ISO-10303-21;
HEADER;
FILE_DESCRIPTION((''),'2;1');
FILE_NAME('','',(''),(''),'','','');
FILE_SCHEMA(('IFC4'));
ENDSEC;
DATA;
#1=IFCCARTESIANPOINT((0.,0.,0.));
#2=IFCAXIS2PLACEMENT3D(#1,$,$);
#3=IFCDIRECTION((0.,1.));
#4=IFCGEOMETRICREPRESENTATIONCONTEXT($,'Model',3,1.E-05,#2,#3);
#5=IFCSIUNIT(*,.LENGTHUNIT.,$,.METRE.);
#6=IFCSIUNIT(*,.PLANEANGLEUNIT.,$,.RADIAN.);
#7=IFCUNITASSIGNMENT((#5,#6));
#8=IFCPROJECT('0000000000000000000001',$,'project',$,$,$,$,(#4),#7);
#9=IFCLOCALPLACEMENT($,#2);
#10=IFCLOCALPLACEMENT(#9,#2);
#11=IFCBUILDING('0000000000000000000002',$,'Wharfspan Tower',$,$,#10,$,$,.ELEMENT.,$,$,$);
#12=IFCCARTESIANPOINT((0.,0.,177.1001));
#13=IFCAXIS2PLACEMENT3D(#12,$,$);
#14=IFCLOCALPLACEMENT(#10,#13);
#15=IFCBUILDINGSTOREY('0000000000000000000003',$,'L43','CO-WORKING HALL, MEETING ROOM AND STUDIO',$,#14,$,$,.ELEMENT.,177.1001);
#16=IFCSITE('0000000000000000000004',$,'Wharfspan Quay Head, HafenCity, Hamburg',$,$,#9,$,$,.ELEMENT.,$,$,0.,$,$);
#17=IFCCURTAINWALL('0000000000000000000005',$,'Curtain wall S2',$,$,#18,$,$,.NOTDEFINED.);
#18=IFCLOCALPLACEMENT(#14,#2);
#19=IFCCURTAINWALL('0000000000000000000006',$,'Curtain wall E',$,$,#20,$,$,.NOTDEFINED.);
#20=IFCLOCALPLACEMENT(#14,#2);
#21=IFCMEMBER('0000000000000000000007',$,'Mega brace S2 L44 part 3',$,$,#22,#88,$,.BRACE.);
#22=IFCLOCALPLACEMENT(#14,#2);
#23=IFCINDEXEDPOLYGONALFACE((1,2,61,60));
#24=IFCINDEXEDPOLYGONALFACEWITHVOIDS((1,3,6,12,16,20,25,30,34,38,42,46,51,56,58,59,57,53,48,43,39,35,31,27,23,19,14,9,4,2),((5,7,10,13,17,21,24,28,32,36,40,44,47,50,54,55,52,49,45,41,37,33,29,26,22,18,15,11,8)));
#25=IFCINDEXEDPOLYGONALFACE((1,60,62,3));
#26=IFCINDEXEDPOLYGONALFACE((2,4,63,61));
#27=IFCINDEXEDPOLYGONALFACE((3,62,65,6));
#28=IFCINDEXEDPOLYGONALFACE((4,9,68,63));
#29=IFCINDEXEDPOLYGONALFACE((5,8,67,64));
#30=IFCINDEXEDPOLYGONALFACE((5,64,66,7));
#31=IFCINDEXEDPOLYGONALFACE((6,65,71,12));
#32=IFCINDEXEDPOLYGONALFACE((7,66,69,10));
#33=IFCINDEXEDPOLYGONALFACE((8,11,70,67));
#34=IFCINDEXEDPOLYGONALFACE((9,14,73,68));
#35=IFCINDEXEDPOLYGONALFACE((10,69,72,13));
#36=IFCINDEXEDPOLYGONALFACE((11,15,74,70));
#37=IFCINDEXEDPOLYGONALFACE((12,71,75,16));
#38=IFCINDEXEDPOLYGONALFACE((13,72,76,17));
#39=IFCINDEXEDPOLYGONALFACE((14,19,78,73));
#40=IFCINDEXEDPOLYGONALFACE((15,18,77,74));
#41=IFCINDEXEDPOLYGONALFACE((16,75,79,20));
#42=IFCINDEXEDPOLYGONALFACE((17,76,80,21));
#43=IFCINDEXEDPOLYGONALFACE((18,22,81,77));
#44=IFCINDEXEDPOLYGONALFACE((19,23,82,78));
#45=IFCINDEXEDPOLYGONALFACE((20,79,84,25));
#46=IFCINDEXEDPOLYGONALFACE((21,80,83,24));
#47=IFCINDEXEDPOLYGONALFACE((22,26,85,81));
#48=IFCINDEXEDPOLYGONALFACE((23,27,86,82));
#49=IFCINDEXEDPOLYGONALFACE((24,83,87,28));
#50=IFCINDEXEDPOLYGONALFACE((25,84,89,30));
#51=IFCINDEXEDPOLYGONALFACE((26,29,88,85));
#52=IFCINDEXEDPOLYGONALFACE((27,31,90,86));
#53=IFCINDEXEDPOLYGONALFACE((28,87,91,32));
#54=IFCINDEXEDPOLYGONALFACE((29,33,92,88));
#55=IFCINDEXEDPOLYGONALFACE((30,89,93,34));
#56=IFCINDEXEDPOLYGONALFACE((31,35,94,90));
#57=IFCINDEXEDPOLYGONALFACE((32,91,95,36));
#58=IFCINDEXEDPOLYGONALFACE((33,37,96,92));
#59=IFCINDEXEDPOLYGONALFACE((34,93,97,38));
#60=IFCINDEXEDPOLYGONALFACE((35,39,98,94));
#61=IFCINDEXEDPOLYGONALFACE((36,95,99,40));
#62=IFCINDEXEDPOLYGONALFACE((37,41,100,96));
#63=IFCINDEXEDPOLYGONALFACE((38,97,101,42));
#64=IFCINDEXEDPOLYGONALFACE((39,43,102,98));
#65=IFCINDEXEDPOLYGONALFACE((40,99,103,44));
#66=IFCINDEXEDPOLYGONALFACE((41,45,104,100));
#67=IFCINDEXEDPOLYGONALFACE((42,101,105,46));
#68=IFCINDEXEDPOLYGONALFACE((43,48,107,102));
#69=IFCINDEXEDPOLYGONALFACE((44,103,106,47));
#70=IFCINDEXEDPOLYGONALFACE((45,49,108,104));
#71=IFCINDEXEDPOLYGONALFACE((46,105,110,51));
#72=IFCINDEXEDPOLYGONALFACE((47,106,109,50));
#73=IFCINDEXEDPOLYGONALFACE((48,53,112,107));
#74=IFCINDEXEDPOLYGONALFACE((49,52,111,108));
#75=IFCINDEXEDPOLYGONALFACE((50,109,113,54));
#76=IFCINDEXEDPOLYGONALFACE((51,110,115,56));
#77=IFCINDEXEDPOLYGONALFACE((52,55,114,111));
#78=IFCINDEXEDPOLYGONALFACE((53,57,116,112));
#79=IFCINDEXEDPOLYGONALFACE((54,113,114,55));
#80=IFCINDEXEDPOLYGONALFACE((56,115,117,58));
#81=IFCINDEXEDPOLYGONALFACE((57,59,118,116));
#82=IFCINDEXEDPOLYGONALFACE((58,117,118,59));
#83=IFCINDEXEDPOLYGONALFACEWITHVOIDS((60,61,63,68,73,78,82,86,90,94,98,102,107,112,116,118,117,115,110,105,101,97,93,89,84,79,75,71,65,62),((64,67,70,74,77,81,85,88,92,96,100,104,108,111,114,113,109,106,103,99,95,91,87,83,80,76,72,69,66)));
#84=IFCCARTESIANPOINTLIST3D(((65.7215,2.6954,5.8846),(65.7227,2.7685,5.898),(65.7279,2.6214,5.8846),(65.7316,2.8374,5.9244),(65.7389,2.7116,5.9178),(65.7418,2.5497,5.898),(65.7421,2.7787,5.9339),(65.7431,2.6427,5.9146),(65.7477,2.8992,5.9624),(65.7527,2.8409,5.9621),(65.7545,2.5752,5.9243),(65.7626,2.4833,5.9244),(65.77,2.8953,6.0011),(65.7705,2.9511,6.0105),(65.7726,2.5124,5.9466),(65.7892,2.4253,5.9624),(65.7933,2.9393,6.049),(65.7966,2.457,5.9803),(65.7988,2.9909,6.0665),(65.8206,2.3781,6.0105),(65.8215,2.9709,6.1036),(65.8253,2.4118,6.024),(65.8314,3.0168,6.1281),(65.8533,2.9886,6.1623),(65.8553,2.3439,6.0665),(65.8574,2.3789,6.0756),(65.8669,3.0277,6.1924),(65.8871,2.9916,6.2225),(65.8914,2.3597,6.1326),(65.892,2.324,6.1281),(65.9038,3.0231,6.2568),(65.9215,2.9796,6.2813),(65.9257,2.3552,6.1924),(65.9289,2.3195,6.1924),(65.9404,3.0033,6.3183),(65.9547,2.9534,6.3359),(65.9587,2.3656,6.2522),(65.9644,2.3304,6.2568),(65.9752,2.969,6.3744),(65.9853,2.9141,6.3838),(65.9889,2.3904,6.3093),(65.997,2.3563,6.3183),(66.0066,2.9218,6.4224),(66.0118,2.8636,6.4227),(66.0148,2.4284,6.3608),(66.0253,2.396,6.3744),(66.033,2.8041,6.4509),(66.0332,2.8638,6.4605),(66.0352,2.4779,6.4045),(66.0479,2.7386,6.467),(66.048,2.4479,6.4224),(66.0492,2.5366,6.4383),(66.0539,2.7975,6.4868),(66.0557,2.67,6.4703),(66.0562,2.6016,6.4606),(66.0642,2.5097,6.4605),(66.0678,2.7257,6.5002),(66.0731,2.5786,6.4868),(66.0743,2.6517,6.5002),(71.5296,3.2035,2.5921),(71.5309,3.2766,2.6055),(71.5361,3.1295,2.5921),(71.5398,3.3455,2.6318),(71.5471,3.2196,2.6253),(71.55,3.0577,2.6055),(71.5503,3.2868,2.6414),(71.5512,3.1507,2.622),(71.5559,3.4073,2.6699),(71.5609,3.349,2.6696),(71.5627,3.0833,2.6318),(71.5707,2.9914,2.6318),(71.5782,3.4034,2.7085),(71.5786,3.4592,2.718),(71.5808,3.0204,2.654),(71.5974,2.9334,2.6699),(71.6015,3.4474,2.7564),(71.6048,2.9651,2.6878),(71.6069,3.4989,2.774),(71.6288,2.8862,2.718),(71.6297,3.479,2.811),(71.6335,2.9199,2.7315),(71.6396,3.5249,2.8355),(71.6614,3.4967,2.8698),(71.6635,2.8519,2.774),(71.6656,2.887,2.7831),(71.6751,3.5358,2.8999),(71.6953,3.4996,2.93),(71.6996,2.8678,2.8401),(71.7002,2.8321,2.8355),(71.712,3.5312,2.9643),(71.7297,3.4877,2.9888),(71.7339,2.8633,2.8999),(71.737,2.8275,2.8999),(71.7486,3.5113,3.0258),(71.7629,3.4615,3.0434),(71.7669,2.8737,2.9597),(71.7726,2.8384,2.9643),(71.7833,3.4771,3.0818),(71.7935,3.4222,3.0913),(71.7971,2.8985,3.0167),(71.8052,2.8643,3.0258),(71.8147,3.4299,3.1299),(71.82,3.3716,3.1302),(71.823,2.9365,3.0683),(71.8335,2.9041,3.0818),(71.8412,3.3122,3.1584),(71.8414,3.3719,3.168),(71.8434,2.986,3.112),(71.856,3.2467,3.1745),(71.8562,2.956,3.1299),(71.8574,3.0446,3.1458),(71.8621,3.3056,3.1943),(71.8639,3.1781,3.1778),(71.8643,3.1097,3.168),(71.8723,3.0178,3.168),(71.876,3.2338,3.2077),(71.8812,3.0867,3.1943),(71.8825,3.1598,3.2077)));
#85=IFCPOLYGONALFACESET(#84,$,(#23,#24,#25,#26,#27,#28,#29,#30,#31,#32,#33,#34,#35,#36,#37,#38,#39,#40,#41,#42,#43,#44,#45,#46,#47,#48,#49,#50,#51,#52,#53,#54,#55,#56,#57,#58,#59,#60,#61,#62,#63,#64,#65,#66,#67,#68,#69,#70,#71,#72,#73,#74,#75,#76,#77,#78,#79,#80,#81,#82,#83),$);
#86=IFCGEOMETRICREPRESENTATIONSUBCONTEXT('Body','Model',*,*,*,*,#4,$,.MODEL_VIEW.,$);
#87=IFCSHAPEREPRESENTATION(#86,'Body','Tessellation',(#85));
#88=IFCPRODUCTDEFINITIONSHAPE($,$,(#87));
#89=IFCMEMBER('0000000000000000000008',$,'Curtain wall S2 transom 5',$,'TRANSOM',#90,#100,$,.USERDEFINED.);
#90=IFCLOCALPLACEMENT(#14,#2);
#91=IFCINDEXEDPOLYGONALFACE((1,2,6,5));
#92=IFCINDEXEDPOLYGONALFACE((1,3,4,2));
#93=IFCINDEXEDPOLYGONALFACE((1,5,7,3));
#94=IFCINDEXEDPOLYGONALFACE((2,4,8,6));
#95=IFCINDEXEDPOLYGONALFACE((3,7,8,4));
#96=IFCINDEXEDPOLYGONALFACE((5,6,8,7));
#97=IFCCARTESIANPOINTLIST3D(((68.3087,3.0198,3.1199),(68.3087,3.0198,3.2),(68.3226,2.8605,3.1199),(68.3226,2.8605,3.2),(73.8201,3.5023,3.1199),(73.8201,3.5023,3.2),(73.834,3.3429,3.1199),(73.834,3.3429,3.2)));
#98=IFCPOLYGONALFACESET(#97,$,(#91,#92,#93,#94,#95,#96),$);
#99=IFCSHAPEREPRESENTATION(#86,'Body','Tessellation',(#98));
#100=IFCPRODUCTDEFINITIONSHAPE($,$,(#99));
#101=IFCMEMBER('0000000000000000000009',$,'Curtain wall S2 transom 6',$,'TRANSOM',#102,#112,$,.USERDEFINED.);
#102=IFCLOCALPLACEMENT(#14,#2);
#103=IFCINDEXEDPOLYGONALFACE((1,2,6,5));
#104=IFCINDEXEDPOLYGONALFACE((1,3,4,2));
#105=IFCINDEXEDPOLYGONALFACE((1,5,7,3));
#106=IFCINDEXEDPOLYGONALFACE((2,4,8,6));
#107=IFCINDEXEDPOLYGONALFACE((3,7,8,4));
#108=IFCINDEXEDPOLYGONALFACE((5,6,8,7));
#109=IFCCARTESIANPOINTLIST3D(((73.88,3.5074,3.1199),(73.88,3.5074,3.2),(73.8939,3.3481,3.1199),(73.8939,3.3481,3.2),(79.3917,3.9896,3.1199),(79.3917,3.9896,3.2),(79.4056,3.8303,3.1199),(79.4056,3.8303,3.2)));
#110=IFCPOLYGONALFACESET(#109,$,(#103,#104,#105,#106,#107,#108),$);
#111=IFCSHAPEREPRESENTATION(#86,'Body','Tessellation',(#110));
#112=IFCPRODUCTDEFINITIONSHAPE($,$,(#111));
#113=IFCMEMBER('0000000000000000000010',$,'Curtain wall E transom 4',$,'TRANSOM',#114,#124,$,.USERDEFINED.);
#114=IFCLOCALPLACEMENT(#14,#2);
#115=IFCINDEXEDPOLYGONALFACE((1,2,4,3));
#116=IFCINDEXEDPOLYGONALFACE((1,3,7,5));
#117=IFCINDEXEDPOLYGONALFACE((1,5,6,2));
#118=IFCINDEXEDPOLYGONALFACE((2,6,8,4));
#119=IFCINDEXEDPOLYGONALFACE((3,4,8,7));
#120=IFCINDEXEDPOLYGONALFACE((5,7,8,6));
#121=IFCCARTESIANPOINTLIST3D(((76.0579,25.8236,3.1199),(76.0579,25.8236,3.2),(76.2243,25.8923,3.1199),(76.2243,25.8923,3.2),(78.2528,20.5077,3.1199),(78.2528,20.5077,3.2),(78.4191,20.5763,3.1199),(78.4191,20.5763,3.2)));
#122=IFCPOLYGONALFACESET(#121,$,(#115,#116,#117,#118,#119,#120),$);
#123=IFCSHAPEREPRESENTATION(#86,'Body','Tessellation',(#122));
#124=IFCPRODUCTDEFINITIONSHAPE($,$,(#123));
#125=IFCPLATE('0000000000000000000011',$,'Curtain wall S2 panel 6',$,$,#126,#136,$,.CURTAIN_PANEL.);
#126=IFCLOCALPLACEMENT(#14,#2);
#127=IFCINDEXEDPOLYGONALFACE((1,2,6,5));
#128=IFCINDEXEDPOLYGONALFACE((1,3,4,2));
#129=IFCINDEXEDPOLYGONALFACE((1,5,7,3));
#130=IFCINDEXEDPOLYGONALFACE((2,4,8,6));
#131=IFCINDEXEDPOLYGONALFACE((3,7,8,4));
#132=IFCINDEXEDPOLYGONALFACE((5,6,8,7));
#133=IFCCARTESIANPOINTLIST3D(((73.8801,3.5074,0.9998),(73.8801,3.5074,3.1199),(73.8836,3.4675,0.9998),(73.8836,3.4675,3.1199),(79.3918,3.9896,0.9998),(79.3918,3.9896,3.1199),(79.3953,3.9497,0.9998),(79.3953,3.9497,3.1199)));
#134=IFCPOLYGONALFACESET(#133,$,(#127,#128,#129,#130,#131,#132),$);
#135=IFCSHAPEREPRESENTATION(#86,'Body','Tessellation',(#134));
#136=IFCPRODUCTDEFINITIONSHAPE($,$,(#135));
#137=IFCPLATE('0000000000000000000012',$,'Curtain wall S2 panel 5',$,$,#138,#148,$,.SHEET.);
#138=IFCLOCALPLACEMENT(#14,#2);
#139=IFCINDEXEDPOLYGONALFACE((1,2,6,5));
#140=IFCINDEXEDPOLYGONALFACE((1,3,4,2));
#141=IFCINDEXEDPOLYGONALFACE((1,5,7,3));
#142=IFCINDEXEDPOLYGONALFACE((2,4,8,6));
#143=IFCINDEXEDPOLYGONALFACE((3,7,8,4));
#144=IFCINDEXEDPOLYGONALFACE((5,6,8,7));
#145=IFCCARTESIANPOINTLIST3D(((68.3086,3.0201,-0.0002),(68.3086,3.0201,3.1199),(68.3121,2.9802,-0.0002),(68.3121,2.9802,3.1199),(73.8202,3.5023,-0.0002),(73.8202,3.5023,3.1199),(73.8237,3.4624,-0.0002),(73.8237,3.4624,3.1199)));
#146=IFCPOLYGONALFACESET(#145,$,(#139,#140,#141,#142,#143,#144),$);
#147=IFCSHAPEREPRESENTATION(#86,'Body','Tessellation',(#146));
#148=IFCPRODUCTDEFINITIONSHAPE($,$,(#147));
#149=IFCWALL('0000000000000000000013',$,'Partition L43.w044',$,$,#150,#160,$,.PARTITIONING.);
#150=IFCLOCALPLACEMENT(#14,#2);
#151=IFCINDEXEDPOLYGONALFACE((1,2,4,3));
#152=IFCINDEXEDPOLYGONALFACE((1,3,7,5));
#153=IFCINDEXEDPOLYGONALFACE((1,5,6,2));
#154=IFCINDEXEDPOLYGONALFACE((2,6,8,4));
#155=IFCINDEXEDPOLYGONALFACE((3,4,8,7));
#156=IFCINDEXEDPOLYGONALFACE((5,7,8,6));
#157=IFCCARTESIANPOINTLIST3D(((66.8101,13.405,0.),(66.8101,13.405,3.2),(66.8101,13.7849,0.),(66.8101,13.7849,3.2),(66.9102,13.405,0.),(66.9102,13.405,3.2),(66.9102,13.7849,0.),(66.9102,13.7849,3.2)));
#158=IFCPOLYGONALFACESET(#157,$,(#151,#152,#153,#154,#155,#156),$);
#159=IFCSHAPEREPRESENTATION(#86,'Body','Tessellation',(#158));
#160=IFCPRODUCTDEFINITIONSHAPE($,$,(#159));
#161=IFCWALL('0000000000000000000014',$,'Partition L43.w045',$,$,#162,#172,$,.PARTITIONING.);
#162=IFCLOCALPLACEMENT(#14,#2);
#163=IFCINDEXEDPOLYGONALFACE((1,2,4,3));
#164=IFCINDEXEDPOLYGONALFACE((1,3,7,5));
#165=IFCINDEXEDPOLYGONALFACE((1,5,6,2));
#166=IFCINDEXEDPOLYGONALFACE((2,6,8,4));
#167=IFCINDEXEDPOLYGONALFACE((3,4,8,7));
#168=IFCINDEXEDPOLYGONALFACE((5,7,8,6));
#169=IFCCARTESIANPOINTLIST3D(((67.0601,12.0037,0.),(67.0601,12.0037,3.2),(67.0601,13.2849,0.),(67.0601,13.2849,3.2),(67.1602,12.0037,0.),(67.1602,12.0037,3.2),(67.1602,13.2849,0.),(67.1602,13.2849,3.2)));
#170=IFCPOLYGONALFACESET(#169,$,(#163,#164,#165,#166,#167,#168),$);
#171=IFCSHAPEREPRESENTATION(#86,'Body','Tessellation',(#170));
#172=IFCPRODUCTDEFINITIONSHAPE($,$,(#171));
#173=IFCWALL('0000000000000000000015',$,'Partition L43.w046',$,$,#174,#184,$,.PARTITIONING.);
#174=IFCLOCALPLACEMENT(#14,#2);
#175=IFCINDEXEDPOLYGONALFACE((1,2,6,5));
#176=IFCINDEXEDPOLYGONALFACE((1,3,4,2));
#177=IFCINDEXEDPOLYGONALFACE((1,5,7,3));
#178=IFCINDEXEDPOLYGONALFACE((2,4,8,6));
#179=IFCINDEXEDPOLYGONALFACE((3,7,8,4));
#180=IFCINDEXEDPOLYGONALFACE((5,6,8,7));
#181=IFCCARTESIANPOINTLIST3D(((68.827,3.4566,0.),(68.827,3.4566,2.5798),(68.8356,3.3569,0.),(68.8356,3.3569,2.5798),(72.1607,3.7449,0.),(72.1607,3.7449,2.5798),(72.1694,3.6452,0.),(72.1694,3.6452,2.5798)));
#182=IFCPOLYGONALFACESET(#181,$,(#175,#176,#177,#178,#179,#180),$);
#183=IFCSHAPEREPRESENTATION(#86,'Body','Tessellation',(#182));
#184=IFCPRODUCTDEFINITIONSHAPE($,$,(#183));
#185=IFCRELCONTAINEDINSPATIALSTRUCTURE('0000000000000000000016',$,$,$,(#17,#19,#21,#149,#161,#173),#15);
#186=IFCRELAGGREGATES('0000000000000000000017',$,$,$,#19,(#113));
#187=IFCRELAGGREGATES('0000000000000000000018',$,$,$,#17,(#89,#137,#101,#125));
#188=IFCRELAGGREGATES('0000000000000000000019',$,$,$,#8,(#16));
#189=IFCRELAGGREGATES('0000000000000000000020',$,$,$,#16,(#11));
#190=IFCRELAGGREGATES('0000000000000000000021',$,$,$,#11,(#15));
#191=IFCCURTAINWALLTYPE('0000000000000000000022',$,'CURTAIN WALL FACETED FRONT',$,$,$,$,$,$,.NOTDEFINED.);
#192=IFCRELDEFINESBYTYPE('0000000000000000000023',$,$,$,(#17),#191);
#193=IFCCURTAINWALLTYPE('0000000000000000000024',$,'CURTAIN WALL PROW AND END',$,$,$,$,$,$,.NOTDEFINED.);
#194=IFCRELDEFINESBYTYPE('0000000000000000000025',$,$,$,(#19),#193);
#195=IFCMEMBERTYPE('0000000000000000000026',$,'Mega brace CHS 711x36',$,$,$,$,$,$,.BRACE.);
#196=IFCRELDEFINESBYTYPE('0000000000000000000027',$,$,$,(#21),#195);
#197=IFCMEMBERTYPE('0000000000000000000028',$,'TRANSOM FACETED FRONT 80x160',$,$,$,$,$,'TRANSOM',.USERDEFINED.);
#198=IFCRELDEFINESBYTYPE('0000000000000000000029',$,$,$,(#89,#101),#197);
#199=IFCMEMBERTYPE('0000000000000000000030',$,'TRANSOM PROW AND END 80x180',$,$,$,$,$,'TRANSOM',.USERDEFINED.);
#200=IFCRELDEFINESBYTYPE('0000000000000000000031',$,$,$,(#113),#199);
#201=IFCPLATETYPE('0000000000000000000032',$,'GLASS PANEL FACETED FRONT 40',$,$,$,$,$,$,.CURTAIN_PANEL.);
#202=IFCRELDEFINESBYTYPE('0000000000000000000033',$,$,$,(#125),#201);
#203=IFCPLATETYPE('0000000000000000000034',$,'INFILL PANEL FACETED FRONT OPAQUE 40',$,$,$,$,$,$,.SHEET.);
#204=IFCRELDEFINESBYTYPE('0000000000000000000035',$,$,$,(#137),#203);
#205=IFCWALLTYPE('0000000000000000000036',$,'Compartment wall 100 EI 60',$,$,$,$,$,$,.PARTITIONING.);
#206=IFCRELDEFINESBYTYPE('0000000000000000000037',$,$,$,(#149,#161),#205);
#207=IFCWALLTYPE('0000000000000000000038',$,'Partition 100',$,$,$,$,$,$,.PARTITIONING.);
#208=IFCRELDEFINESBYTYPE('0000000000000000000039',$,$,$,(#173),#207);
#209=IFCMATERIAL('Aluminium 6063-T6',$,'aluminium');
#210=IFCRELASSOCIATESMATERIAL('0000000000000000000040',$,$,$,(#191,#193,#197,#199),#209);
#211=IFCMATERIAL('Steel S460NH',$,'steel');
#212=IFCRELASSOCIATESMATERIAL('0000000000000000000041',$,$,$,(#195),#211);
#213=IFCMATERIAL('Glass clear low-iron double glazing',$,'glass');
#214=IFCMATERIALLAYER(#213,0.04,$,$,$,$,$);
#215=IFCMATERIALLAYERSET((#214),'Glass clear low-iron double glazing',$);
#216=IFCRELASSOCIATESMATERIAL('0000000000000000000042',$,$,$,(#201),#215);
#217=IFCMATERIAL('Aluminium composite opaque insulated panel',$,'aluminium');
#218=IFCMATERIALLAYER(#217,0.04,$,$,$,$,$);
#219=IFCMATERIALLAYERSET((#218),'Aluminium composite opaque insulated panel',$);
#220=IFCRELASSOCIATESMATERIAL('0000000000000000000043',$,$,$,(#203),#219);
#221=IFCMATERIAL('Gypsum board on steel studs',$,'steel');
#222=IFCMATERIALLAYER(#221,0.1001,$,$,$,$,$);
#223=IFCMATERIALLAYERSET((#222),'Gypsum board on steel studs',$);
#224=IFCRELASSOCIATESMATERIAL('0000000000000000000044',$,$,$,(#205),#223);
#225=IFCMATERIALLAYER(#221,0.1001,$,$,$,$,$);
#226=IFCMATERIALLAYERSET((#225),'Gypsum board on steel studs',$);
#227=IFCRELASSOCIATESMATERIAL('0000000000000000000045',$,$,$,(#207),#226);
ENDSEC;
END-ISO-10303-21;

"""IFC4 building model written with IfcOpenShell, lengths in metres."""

from ifc_helpers import new_model, si_unit, direction, frame, frame_2d, origin, origin_2d, place, context, subcontext, project, spatial, rectangle, hollow_circle, extrude, material, layer, layer_set, material_profile, profile_set, type_object, element, aggregate, save


model = new_model("IFC4")

# Units and contexts
model_context = context("Model", 3, precision=1e-05, world=origin(), true_north=direction((0.0, 1.0)))
body_context = subcontext(model_context, "Body", "Model", "MODEL_VIEW")
ifc_project = project(units=[si_unit("LENGTHUNIT", "METRE"), si_unit("PLANEANGLEUNIT", "RADIAN")], contexts=[model_context])

# Site, building, storey
site_placement = place(None, origin())
site = spatial("IfcSite", under=ifc_project, at=site_placement, Name="Wharfspan Quay Head, HafenCity, Hamburg", CompositionType="ELEMENT", RefElevation=0.0)
building_placement = place(site_placement, origin())
building = spatial("IfcBuilding", under=site, at=building_placement, Name="Wharfspan Tower", CompositionType="ELEMENT")
storey_placement = place(building_placement, frame((0.0, 0.0, 177.1001)))
storey = spatial("IfcBuildingStorey", under=building, at=storey_placement, Name="L43", Description="CO-WORKING HALL, MEETING ROOM AND STUDIO", CompositionType="ELEMENT", Elevation=177.1001)

# Curtain wall
ifc_material_1 = material(Name="Aluminium 6063-T6", Category="aluminium")
curtain_wall_type_1 = type_object("IfcCurtainWallType", Name="CURTAIN WALL FACETED FRONT", PredefinedType="NOTDEFINED", material=ifc_material_1)
curtain_wall_1_placement = place(storey_placement, origin())
curtain_wall_1 = element("IfcCurtainWall", 1, at=curtain_wall_1_placement, inside=storey, type_object=curtain_wall_type_1, Name="Curtain wall S2", PredefinedType="NOTDEFINED")

# Curtain wall
curtain_wall_type_2 = type_object("IfcCurtainWallType", Name="CURTAIN WALL PROW AND END", PredefinedType="NOTDEFINED", material=ifc_material_1)
curtain_wall_2_placement = place(storey_placement, origin())
curtain_wall_2 = element("IfcCurtainWall", 2, at=curtain_wall_2_placement, inside=storey, type_object=curtain_wall_type_2, Name="Curtain wall E", PredefinedType="NOTDEFINED")

# Members
ifc_material_2 = material(Name="Steel S460NH", Category="steel")
ifc_material_profile_1 = material_profile(ifc_material_2, hollow_circle(Radius=0.3555, WallThickness=0.0359, at=origin_2d()))
ifc_profile_set_1 = profile_set([ifc_material_profile_1], Name="Steel S460NH")
member_type_1 = type_object("IfcMemberType", Name="Mega brace CHS 711x36", PredefinedType="BRACE", material=ifc_profile_set_1)
member_1_placement = place(storey_placement, frame((71.7061, 3.1816, 2.8999), z_axis=(-0.867436, -0.075878, 0.491729), x_axis=(0.08714, -0.996196, -0.000002)))
element("IfcMember", 3, at=member_1_placement, inside=storey, type_object=member_type_1, Name="Mega brace S2 L44 part 3", PredefinedType="BRACE", context=body_context, shape_type="SweptSolid", body=[
    extrude(hollow_circle(Radius=0.3555, WallThickness=0.0359, at=origin_2d()), origin(), (0.0, 0.0, 1.0), 6.6958),
])
ifc_material_profile_2 = material_profile(ifc_material_1, rectangle(XDim=0.1599, YDim=0.0801, at=origin_2d()))
ifc_profile_set_2 = profile_set([ifc_material_profile_2], Name="Aluminium 6063-T6")
member_type_2 = type_object("IfcMemberType", Name="TRANSOM FACETED FRONT 80x160", ElementType="TRANSOM", PredefinedType="USERDEFINED", material=ifc_profile_set_2)
member_2_placement = place(storey_placement, frame((68.3157, 2.9402, 3.1599), z_axis=(0.996191, 0.087197, 0.0), x_axis=(-0.087197, 0.996191, 0.0)))
member_2 = element("IfcMember", 4, at=member_2_placement, type_object=member_type_2, Name="Curtain wall S2 transom 5", ObjectType="TRANSOM", PredefinedType="USERDEFINED", context=body_context, shape_type="SweptSolid", body=[
    extrude(rectangle(XDim=0.1599, YDim=0.0801, at=origin_2d()), origin(), (0.0, 0.0, 1.0), 5.5325),
])
member_3_placement = place(storey_placement, frame((73.887, 3.4277, 3.1599), z_axis=(0.996195, 0.087149, 0.0), x_axis=(-0.087149, 0.996195, 0.0)))
member_3 = element("IfcMember", 5, at=member_3_placement, type_object=member_type_2, Name="Curtain wall S2 transom 6", ObjectType="TRANSOM", PredefinedType="USERDEFINED", context=body_context, shape_type="SweptSolid", body=[
    extrude(rectangle(XDim=0.1599, YDim=0.0801, at=origin_2d()), origin(), (0.0, 0.0, 1.0), 5.5327),
])
ifc_material_profile_3 = material_profile(ifc_material_1, rectangle(XDim=0.1799, YDim=0.0801, at=origin_2d()))
ifc_profile_set_3 = profile_set([ifc_material_profile_3], Name="Aluminium 6063-T6")
member_type_3 = type_object("IfcMemberType", Name="TRANSOM PROW AND END 80x180", ElementType="TRANSOM", PredefinedType="USERDEFINED", material=ifc_profile_set_3)
member_4_placement = place(storey_placement, frame((78.3359, 20.542, 3.1599), z_axis=(-0.381629, 0.924315, 0.0), x_axis=(-0.924315, -0.381629, 0.0)))
member_4 = element("IfcMember", 6, at=member_4_placement, type_object=member_type_3, Name="Curtain wall E transom 4", ObjectType="TRANSOM", PredefinedType="USERDEFINED", context=body_context, shape_type="SweptSolid", body=[
    extrude(rectangle(XDim=0.1799, YDim=0.0801, at=origin_2d()), origin(), (0.0, 0.0, 1.0), 5.7512),
])
aggregate(curtain_wall_2, [member_4])

# Plates
ifc_material_3 = material(Name="Glass clear low-iron double glazing", Category="glass")
ifc_layer_1 = layer(ifc_material_3, 0.04)
ifc_layer_set_1 = layer_set([ifc_layer_1], Name="Glass clear low-iron double glazing")
plate_type_1 = type_object("IfcPlateType", Name="GLASS PANEL FACETED FRONT 40", PredefinedType="CURTAIN_PANEL", material=ifc_layer_set_1)
plate_1_placement = place(storey_placement, frame((76.6377, 3.7285, 0.9998), z_axis=(0.0, 0.0, 1.0), x_axis=(0.996198, 0.087156, 0.0)))
plate_1 = element("IfcPlate", 7, at=plate_1_placement, type_object=plate_type_1, Name="Curtain wall S2 panel 6", PredefinedType="CURTAIN_PANEL", context=body_context, shape_type="SweptSolid", body=[
    extrude(rectangle(XDim=5.5327, YDim=0.04, at=origin_2d()), origin(), (0.0, 0.0, 1.0), 2.1201),
])
ifc_material_4 = material(Name="Aluminium composite opaque insulated panel", Category="aluminium")
ifc_layer_2 = layer(ifc_material_4, 0.04)
ifc_layer_set_2 = layer_set([ifc_layer_2], Name="Aluminium composite opaque insulated panel")
plate_type_2 = type_object("IfcPlateType", Name="INFILL PANEL FACETED FRONT OPAQUE 40", PredefinedType="SHEET", material=ifc_layer_set_2)
plate_2_placement = place(storey_placement, frame((71.0662, 3.2412, -0.0002), z_axis=(0.0, 0.0, 1.0), x_axis=(0.996198, 0.087156, 0.0)))
plate_2 = element("IfcPlate", 8, at=plate_2_placement, type_object=plate_type_2, Name="Curtain wall S2 panel 5", PredefinedType="SHEET", context=body_context, shape_type="SweptSolid", body=[
    extrude(rectangle(XDim=5.5327, YDim=0.04, at=origin_2d()), origin(), (0.0, 0.0, 1.0), 3.1201),
])
aggregate(curtain_wall_1, [member_2, plate_2, member_3, plate_1])

# Walls
ifc_material_5 = material(Name="Gypsum board on steel studs", Category="steel")
ifc_layer_3 = layer(ifc_material_5, 0.1001)
ifc_layer_set_3 = layer_set([ifc_layer_3], Name="Gypsum board on steel studs")
wall_type_1 = type_object("IfcWallType", Name="Compartment wall 100 EI 60", PredefinedType="PARTITIONING", material=ifc_layer_set_3)
wall_1_placement = place(storey_placement, frame((66.8601, 13.405, 0.0), z_axis=(0.0, 0.0, 1.0), x_axis=(0.0, 1.0, 0.0)))
element("IfcWall", 9, at=wall_1_placement, inside=storey, type_object=wall_type_1, Name="Partition L43.w044", PredefinedType="PARTITIONING", context=body_context, shape_type="SweptSolid", body=[
    extrude(rectangle(XDim=0.3799, YDim=0.1001, at=frame_2d((0.1899, 0.0))), origin(), (0.0, 0.0, 1.0), 3.2),
])
wall_2_placement = place(storey_placement, frame((67.1101, 12.0037, 0.0), z_axis=(0.0, 0.0, 1.0), x_axis=(0.0, 1.0, 0.0)))
element("IfcWall", 10, at=wall_2_placement, inside=storey, type_object=wall_type_1, Name="Partition L43.w045", PredefinedType="PARTITIONING", context=body_context, shape_type="SweptSolid", body=[
    extrude(rectangle(XDim=1.2812, YDim=0.1001, at=frame_2d((0.6406, 0.0))), origin(), (0.0, 0.0, 1.0), 3.2),
])
ifc_layer_4 = layer(ifc_material_5, 0.1001)
ifc_layer_set_4 = layer_set([ifc_layer_4], Name="Gypsum board on steel studs")
wall_type_2 = type_object("IfcWallType", Name="Partition 100", PredefinedType="PARTITIONING", material=ifc_layer_set_4)
wall_3_placement = place(storey_placement, frame((68.8313, 3.4067, 0.0), z_axis=(0.0, 0.0, 1.0), x_axis=(0.996283, 0.086167, 0.0)))
element("IfcWall", 11, at=wall_3_placement, inside=storey, type_object=wall_type_2, Name="Partition L43.w046", PredefinedType="PARTITIONING", context=body_context, shape_type="SweptSolid", body=[
    extrude(rectangle(XDim=3.3462, YDim=0.1001, at=frame_2d((1.6731, 0.0))), origin(), (0.0, 0.0, 1.0), 2.5798),
])

save(model, "model.ifc")
